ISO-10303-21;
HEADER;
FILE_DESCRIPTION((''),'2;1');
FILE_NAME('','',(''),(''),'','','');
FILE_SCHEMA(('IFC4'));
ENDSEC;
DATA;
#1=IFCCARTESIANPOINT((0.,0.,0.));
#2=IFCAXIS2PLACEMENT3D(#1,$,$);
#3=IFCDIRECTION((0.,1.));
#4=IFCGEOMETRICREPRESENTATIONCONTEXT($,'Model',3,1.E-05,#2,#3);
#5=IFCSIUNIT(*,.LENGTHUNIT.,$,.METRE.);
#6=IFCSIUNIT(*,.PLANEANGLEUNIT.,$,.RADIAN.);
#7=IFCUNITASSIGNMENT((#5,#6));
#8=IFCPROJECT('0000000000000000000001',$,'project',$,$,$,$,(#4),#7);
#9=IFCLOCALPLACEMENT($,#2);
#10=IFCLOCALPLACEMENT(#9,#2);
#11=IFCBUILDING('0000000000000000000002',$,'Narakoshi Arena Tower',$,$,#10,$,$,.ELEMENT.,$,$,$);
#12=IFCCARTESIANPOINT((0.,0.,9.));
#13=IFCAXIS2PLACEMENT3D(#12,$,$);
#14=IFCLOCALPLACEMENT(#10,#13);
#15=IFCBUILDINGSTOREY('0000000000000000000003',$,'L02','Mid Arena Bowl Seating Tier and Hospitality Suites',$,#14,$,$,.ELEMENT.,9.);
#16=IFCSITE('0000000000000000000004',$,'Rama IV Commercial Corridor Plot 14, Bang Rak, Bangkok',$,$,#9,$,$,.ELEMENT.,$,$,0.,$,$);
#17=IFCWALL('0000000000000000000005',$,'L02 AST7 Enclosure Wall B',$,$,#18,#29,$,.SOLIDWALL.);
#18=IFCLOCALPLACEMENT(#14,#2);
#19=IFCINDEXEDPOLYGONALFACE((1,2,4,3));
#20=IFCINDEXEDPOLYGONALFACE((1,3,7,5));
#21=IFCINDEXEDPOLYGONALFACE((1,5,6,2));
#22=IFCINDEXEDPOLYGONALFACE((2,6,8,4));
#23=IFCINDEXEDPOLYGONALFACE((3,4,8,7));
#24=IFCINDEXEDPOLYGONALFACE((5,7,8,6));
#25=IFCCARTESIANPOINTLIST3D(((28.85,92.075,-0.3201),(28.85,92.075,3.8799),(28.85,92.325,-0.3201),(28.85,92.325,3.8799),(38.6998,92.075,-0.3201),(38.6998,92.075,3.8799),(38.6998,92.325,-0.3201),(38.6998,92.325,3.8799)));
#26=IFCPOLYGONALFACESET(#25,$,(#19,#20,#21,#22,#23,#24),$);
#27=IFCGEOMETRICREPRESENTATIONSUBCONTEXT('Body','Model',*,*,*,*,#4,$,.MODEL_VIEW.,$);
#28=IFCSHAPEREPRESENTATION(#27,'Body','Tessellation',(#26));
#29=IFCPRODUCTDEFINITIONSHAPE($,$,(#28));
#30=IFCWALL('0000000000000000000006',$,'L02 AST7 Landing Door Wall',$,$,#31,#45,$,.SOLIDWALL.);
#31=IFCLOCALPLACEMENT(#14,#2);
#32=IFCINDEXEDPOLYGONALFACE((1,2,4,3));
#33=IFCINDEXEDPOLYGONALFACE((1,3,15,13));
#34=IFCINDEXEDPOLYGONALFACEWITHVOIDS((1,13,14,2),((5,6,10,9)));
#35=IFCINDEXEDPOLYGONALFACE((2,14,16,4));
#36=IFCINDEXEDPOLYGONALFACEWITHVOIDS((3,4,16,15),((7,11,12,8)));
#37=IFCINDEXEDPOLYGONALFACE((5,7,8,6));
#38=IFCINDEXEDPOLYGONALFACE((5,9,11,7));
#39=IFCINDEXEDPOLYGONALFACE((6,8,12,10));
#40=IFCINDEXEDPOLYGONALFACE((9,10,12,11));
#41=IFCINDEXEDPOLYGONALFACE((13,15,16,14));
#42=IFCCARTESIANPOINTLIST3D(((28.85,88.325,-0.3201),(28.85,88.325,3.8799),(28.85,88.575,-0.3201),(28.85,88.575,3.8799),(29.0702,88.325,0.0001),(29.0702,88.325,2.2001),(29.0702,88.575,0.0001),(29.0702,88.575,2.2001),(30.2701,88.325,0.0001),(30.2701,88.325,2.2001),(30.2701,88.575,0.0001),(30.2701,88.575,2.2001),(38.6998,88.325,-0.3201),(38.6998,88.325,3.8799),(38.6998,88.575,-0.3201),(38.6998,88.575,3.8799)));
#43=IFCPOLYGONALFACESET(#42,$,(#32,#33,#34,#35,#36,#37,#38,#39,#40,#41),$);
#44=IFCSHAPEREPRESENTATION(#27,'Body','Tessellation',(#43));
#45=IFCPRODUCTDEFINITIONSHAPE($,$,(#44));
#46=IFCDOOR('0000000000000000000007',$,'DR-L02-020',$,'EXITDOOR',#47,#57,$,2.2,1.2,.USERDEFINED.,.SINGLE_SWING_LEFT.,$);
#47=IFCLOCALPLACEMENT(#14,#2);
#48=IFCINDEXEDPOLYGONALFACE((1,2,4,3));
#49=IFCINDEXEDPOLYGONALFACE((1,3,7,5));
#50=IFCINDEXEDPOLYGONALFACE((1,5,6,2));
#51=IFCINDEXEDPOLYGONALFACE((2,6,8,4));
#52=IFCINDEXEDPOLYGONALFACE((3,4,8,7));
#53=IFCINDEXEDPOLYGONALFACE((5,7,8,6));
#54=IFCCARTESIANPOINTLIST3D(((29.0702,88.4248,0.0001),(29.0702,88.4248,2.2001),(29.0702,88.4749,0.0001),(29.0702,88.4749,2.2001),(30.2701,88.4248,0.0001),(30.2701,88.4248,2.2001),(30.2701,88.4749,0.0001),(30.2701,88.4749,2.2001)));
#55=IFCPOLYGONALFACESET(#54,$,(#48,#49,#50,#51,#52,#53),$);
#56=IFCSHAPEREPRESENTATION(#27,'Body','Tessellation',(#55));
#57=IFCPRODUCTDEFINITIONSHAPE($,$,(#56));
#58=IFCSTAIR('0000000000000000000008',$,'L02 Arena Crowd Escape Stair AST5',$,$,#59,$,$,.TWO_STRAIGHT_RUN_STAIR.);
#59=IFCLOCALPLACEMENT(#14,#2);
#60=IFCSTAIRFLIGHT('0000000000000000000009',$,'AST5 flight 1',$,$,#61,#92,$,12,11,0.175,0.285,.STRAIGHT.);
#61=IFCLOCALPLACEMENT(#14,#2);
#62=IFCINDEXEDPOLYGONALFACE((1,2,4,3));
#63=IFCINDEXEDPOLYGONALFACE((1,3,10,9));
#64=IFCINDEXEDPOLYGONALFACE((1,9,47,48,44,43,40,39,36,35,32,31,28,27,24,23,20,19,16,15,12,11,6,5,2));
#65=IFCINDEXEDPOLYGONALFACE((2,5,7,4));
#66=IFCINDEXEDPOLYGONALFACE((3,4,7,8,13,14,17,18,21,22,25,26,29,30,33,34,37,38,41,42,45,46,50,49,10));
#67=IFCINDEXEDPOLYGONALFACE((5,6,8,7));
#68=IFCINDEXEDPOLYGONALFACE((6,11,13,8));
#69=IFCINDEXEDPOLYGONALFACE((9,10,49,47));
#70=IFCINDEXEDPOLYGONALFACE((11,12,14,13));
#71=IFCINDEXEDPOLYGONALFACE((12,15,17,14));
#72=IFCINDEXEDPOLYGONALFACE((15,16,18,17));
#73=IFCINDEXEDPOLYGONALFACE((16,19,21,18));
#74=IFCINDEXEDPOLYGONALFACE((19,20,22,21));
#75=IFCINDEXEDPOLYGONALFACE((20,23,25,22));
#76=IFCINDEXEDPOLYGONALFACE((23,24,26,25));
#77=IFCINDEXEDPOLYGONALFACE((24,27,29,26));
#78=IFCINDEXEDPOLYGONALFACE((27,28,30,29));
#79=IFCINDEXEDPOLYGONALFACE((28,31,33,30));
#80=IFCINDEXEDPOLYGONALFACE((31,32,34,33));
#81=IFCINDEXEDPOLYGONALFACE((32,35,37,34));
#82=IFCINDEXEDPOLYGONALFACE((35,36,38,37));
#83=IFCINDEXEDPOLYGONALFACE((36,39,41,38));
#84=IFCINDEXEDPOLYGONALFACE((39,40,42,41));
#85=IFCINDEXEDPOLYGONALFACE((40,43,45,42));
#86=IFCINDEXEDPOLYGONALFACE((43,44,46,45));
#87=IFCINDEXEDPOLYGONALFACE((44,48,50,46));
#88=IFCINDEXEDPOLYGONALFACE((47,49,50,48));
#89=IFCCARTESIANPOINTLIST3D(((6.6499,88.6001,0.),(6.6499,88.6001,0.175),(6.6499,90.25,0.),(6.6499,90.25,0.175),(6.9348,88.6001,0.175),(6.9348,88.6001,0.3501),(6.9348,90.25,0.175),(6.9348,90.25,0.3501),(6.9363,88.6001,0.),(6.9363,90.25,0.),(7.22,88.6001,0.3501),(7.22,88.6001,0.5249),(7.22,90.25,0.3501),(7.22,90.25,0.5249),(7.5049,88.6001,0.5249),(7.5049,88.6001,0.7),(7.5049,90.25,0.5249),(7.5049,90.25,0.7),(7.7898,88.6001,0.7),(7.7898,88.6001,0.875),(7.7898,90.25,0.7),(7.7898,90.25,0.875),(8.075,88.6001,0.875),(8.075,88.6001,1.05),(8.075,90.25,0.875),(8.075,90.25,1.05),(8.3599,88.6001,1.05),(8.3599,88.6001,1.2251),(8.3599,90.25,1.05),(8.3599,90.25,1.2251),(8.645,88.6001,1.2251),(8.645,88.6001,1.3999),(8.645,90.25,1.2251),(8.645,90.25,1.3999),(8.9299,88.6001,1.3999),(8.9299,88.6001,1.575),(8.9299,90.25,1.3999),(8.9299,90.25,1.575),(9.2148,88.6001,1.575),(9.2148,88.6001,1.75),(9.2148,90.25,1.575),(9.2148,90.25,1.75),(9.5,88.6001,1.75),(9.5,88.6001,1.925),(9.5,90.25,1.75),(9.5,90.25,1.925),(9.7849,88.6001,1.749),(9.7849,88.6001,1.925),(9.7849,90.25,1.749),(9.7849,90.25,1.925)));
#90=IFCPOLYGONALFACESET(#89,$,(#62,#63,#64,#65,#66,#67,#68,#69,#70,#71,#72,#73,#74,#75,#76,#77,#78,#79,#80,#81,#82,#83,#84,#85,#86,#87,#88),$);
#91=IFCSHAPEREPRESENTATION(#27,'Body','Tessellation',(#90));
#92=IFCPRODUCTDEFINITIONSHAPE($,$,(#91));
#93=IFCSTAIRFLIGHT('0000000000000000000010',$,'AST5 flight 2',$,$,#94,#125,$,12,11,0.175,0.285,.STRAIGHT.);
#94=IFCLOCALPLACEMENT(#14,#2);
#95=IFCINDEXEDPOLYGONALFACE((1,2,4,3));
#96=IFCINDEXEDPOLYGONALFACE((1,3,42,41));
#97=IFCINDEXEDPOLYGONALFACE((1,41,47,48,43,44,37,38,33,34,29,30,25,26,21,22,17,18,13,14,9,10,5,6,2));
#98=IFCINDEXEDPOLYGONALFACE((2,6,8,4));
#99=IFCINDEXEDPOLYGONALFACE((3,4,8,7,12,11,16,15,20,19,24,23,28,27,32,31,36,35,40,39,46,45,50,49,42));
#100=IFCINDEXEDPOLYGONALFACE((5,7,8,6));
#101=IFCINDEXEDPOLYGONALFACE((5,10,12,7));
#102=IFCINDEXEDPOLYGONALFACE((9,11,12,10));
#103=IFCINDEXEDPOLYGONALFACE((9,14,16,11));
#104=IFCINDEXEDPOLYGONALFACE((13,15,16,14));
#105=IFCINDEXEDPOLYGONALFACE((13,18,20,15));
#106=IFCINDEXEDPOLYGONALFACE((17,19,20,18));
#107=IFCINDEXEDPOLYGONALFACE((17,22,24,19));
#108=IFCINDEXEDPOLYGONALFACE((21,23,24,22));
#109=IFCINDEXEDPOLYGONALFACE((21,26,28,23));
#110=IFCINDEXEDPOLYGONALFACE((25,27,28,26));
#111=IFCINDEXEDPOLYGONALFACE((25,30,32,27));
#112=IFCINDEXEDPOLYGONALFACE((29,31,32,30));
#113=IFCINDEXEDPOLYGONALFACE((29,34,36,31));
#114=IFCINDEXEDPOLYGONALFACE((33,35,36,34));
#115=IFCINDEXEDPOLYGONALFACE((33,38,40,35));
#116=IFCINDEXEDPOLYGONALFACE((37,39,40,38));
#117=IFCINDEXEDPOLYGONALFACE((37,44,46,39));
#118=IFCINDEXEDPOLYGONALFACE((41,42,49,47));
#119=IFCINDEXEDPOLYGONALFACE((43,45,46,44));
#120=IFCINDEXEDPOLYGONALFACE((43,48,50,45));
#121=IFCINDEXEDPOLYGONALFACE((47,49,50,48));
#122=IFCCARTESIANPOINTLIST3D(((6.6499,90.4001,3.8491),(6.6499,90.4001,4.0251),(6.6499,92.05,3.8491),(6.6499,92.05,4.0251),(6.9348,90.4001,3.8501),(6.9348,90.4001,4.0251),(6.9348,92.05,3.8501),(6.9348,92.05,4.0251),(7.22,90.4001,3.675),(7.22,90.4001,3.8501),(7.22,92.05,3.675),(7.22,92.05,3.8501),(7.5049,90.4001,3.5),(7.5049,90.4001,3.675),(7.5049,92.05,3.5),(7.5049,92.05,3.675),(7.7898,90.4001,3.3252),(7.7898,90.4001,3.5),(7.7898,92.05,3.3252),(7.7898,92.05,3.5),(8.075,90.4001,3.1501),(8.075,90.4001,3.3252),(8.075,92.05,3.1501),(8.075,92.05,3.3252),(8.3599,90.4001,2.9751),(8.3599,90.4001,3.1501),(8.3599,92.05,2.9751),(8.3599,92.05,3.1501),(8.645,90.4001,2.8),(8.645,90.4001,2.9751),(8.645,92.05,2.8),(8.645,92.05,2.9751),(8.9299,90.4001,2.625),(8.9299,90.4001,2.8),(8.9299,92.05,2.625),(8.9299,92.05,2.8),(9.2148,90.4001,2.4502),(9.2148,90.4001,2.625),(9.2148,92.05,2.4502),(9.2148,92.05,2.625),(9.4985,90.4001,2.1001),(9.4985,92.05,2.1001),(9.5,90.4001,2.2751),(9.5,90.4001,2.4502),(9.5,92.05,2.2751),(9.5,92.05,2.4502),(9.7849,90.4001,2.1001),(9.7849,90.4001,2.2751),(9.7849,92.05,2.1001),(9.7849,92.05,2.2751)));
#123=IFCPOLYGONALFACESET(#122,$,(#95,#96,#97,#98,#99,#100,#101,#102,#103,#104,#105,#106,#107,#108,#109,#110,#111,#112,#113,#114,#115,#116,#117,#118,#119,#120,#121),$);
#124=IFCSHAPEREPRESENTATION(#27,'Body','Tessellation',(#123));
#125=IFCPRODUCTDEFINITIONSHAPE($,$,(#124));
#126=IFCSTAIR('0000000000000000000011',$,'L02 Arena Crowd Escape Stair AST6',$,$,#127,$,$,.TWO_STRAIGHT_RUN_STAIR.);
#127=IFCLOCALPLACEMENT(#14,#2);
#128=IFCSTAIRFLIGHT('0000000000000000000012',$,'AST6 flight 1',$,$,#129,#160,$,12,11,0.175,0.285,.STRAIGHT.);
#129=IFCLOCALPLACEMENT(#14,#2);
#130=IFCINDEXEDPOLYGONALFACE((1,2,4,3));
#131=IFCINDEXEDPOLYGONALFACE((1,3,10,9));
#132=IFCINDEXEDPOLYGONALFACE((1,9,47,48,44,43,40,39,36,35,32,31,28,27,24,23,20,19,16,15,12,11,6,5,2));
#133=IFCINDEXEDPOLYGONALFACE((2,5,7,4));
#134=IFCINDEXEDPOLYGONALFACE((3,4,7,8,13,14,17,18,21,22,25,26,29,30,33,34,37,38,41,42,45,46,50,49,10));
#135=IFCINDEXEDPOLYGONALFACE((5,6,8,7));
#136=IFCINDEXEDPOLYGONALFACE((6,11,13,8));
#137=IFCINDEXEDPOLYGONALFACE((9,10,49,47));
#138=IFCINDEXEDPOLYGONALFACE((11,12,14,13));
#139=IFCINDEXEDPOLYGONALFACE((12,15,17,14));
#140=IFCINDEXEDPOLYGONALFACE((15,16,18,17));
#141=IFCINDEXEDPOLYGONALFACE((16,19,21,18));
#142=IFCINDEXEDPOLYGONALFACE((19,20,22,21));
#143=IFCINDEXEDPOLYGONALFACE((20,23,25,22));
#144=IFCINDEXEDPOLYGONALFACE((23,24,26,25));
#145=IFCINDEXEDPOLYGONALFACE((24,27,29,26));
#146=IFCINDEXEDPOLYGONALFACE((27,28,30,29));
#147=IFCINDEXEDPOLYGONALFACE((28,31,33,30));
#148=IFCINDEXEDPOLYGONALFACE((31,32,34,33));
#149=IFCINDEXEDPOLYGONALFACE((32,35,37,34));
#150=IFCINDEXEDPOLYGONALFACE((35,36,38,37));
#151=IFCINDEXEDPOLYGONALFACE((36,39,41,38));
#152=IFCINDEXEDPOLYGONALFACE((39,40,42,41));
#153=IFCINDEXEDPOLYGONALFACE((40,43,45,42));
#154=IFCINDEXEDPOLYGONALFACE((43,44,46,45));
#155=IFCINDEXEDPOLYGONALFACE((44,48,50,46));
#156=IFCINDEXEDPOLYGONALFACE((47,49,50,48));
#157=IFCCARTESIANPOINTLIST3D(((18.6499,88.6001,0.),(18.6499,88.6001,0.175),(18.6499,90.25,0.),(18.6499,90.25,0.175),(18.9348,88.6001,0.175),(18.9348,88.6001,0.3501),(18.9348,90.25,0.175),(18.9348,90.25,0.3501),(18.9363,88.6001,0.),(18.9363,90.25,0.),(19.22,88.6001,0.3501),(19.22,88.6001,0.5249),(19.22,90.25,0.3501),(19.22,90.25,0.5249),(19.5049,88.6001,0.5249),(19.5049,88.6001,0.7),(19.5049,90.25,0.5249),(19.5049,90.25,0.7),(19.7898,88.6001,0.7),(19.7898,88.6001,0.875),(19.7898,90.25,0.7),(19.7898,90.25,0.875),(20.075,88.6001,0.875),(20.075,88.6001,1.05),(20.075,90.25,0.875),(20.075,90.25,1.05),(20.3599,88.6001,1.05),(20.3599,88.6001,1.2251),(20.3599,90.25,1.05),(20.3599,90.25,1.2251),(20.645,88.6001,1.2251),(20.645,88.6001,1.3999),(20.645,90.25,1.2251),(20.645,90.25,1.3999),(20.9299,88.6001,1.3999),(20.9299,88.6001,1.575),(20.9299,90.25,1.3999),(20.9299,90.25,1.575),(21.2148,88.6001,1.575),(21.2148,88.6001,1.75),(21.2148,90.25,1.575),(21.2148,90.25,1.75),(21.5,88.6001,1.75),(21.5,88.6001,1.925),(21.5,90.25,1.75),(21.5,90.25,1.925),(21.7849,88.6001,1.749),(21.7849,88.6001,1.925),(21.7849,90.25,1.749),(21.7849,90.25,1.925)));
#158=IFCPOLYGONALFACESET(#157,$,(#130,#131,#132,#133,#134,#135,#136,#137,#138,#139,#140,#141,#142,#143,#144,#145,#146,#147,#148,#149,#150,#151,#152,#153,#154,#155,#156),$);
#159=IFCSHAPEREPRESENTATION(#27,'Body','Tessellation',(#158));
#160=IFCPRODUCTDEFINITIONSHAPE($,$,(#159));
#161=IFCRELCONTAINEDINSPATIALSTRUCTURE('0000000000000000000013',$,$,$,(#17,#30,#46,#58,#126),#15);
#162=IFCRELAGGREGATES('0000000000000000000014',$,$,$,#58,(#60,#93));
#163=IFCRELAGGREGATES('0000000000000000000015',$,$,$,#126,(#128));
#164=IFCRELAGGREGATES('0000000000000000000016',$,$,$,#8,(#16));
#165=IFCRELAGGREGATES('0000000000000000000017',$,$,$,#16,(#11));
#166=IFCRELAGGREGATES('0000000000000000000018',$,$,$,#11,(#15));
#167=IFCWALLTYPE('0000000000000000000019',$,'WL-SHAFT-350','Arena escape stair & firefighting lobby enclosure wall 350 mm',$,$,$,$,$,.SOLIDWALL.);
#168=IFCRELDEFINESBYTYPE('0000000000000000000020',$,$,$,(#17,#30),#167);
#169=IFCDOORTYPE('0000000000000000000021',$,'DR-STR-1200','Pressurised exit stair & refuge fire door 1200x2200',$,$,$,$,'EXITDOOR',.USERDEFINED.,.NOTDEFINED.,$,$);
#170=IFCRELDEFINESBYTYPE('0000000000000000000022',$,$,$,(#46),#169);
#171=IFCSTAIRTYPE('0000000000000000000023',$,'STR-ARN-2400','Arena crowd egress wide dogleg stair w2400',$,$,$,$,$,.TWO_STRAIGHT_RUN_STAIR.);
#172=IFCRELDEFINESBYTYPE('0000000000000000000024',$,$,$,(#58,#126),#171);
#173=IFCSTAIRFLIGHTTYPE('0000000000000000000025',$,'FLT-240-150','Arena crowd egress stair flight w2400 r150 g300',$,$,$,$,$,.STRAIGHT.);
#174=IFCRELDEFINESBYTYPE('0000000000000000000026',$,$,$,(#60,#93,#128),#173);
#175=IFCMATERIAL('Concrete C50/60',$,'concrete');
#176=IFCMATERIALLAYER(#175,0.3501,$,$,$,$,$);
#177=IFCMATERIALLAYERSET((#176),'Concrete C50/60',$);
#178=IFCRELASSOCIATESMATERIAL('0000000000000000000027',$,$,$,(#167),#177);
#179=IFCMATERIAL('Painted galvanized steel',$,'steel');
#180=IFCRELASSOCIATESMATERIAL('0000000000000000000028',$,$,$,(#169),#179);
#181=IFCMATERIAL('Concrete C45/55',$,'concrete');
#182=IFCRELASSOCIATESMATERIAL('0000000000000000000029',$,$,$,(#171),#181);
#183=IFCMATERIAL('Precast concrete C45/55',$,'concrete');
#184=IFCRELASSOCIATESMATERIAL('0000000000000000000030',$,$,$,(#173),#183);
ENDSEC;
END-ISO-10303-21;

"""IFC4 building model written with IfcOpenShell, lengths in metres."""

from ifc_helpers import new_model, si_unit, direction, frame, frame_2d, origin, place, context, subcontext, project, spatial, polyline, rectangle, outline, extrude, material, layer, layer_set, type_object, element, fill, aggregate, save


model = new_model("IFC4")

# Units and contexts
model_context = context("Model", 3, precision=1e-05, world=origin(), true_north=direction((0.0, 1.0)))
body_context = subcontext(model_context, "Body", "Model", "MODEL_VIEW")
ifc_project = project(units=[si_unit("LENGTHUNIT", "METRE"), si_unit("PLANEANGLEUNIT", "RADIAN")], contexts=[model_context])

# Site, building, storey
site_placement = place(None, origin())
site = spatial("IfcSite", under=ifc_project, at=site_placement, Name="Rama IV Commercial Corridor Plot 14, Bang Rak, Bangkok", CompositionType="ELEMENT", RefElevation=0.0)
building_placement = place(site_placement, origin())
building = spatial("IfcBuilding", under=site, at=building_placement, Name="Narakoshi Arena Tower", CompositionType="ELEMENT")
storey_placement = place(building_placement, frame((0.0, 0.0, 9.0)))
storey = spatial("IfcBuildingStorey", under=building, at=storey_placement, Name="L02", Description="Mid Arena Bowl Seating Tier and Hospitality Suites", CompositionType="ELEMENT", Elevation=9.0)

# Shared definitions
ifc_material_1 = material(Name="Precast concrete C45/55", Category="concrete")
ifc_material_2 = material(Name="Concrete C50/60", Category="concrete")
ifc_layer_1 = layer(ifc_material_2, 0.3501)
ifc_layer_set_1 = layer_set([ifc_layer_1], Name="Concrete C50/60")
wall_type_1 = type_object("IfcWallType", Name="WL-SHAFT-350", Description="Arena escape stair & firefighting lobby enclosure wall 350 mm", PredefinedType="SOLIDWALL", material=ifc_layer_set_1)

# Shared definitions
ifc_material_3 = material(Name="Painted galvanized steel", Category="steel")
door_type = type_object("IfcDoorType", Name="DR-STR-1200", Description="Pressurised exit stair & refuge fire door 1200x2200", ElementType="EXITDOOR", OperationType="NOTDEFINED", PredefinedType="USERDEFINED", material=ifc_material_3)

# Wall
wall_1_placement = place(storey_placement, frame((28.8501, 92.2, -0.3201), z_axis=(0.0, 0.0, 1.0), x_axis=(1.0, 0.0, 0.0)))
element("IfcWall", 1, at=wall_1_placement, inside=storey, type_object=wall_type_1, Name="L02 AST7 Enclosure Wall B", PredefinedType="SOLIDWALL", context=body_context, shape_type="SweptSolid", body=[
    extrude(rectangle(XDim=9.8499, YDim=0.25, at=frame_2d((4.9248, 0.0))), origin(), (0.0, 0.0, 1.0), 4.2),
])

# Wall, opening, door
wall_2_placement = place(storey_placement, frame((28.8501, 88.45, -0.3201), z_axis=(0.0, 0.0, 1.0), x_axis=(1.0, 0.0, 0.0)))
wall_2 = element("IfcWall", 2, at=wall_2_placement, inside=storey, type_object=wall_type_1, Name="L02 AST7 Landing Door Wall", PredefinedType="SOLIDWALL", context=body_context, shape_type="SweptSolid", body=[
    extrude(rectangle(XDim=9.8499, YDim=0.25, at=frame_2d((4.9248, 0.0))), origin(), (0.0, 0.0, 1.0), 4.2),
])
opening_1_placement = place(wall_2_placement, frame((0.22, 0.0, 0.3201)))
opening_1 = element("IfcOpeningElement", 3, at=opening_1_placement, cuts=wall_2, PredefinedType="OPENING", context=body_context, shape_type="SweptSolid", body=[
    extrude(rectangle(XDim=1.2, YDim=2.2, at=frame_2d((0.6001, 1.1001))), frame((0.0, 0.135, 0.0), z_axis=(0.0, -1.0, 0.0), x_axis=(1.0, 0.0, 0.0)), (0.0, 0.0, 1.0), 0.27),
])
door_1_placement = place(opening_1_placement, origin())
door_1 = element("IfcDoor", 4, at=door_1_placement, inside=storey, type_object=door_type, Name="DR-L02-020", ObjectType="EXITDOOR", OperationType="SINGLE_SWING_LEFT", OverallHeight=2.2, OverallWidth=1.2, PredefinedType="USERDEFINED", context=body_context, shape_type="SweptSolid", body=[
    extrude(rectangle(XDim=1.2, YDim=2.2, at=frame_2d((0.6001, 1.1001))), frame((0.0, 0.0249, 0.0), z_axis=(0.0, -1.0, 0.0), x_axis=(1.0, 0.0, 0.0)), (0.0, 0.0, 1.0), 0.05),
])
fill(opening_1, door_1)

# Stairs, stair flights
ifc_material_4 = material(Name="Concrete C45/55", Category="concrete")
stair_type = type_object("IfcStairType", Name="STR-ARN-2400", Description="Arena crowd egress wide dogleg stair w2400", PredefinedType="TWO_STRAIGHT_RUN_STAIR", material=ifc_material_4)
stair_1_placement = place(storey_placement, origin())
stair_1 = element("IfcStair", 5, at=stair_1_placement, inside=storey, type_object=stair_type, Name="L02 Arena Crowd Escape Stair AST5", PredefinedType="TWO_STRAIGHT_RUN_STAIR")
stair_flight_type = type_object("IfcStairFlightType", Name="FLT-240-150", Description="Arena crowd egress stair flight w2400 r150 g300", PredefinedType="STRAIGHT", material=ifc_material_1)
stair_flight_1_placement = place(storey_placement, frame((6.6499, 89.425, 0.0), z_axis=(0.0, 0.0, 1.0), x_axis=(1.0, 0.0, 0.0)))
stair_flight_1 = element("IfcStairFlight", 6, at=stair_flight_1_placement, type_object=stair_flight_type, Name="AST5 flight 1", NumberOfRisers=12, NumberOfTreads=11, PredefinedType="STRAIGHT", RiserHeight=0.175, TreadLength=0.285, context=body_context, shape_type="SweptSolid", body=[
    extrude(outline(polyline([(0.0, 0.0), (0.0, 0.175), (0.2849, 0.175), (0.2849, 0.3501), (0.5701, 0.3501), (0.5701, 0.5249), (0.855, 0.5249), (0.855, 0.7), (1.1399, 0.7), (1.1399, 0.875), (1.425, 0.875), (1.425, 1.05), (1.71, 1.05), (1.71, 1.2251), (1.9951, 1.2251), (1.9951, 1.3999), (2.28, 1.3999), (2.28, 1.575), (2.5649, 1.575), (2.5649, 1.75), (2.8501, 1.75), (2.8501, 1.925), (3.135, 1.925), (3.135, 2.1001), (3.135, 1.749), (0.2864, 0.0), (0.0, 0.0)])), frame((0.0, 0.825, 0.0), z_axis=(0.0, -1.0, 0.0), x_axis=(1.0, 0.0, 0.0)), (0.0, 0.0, 1.0), 1.6499),
])
stair_flight_2_placement = place(storey_placement, frame((9.7849, 91.2251, 2.1001), z_axis=(0.0, 0.0, 1.0), x_axis=(-1.0, 0.0, 0.0)))
stair_flight_2 = element("IfcStairFlight", 7, at=stair_flight_2_placement, type_object=stair_flight_type, Name="AST5 flight 2", NumberOfRisers=12, NumberOfTreads=11, PredefinedType="STRAIGHT", RiserHeight=0.175, TreadLength=0.285, context=body_context, shape_type="SweptSolid", body=[
    extrude(outline(polyline([(0.0, 0.0), (0.0, 0.175), (0.2849, 0.175), (0.2849, 0.3501), (0.5701, 0.3501), (0.5701, 0.5249), (0.855, 0.5249), (0.855, 0.7), (1.1399, 0.7), (1.1399, 0.875), (1.425, 0.875), (1.425, 1.05), (1.71, 1.05), (1.71, 1.2251), (1.9951, 1.2251), (1.9951, 1.3999), (2.28, 1.3999), (2.28, 1.575), (2.5649, 1.575), (2.5649, 1.75), (2.8501, 1.75), (2.8501, 1.925), (3.135, 1.925), (3.135, 2.1001), (3.135, 1.749), (0.2864, 0.0), (0.0, 0.0)])), frame((0.0, 0.825, 0.0), z_axis=(0.0, -1.0, 0.0), x_axis=(1.0, 0.0, 0.0)), (0.0, 0.0, 1.0), 1.6499),
])
aggregate(stair_1, [stair_flight_1, stair_flight_2])
stair_2_placement = place(storey_placement, origin())
stair_2 = element("IfcStair", 8, at=stair_2_placement, inside=storey, type_object=stair_type, Name="L02 Arena Crowd Escape Stair AST6", PredefinedType="TWO_STRAIGHT_RUN_STAIR")
stair_flight_3_placement = place(storey_placement, frame((18.6499, 89.425, 0.0), z_axis=(0.0, 0.0, 1.0), x_axis=(1.0, 0.0, 0.0)))
stair_flight_3 = element("IfcStairFlight", 9, at=stair_flight_3_placement, type_object=stair_flight_type, Name="AST6 flight 1", NumberOfRisers=12, NumberOfTreads=11, PredefinedType="STRAIGHT", RiserHeight=0.175, TreadLength=0.285, context=body_context, shape_type="SweptSolid", body=[
    extrude(outline(polyline([(0.0, 0.0), (0.0, 0.175), (0.2849, 0.175), (0.2849, 0.3501), (0.5701, 0.3501), (0.5701, 0.5249), (0.855, 0.5249), (0.855, 0.7), (1.1399, 0.7), (1.1399, 0.875), (1.425, 0.875), (1.425, 1.05), (1.71, 1.05), (1.71, 1.2251), (1.9951, 1.2251), (1.9951, 1.3999), (2.28, 1.3999), (2.28, 1.575), (2.5649, 1.575), (2.5649, 1.75), (2.8501, 1.75), (2.8501, 1.925), (3.135, 1.925), (3.135, 2.1001), (3.135, 1.749), (0.2864, 0.0), (0.0, 0.0)])), frame((0.0, 0.825, 0.0), z_axis=(0.0, -1.0, 0.0), x_axis=(1.0, 0.0, 0.0)), (0.0, 0.0, 1.0), 1.6499),
])
aggregate(stair_2, [stair_flight_3])

save(model, "model.ifc")
